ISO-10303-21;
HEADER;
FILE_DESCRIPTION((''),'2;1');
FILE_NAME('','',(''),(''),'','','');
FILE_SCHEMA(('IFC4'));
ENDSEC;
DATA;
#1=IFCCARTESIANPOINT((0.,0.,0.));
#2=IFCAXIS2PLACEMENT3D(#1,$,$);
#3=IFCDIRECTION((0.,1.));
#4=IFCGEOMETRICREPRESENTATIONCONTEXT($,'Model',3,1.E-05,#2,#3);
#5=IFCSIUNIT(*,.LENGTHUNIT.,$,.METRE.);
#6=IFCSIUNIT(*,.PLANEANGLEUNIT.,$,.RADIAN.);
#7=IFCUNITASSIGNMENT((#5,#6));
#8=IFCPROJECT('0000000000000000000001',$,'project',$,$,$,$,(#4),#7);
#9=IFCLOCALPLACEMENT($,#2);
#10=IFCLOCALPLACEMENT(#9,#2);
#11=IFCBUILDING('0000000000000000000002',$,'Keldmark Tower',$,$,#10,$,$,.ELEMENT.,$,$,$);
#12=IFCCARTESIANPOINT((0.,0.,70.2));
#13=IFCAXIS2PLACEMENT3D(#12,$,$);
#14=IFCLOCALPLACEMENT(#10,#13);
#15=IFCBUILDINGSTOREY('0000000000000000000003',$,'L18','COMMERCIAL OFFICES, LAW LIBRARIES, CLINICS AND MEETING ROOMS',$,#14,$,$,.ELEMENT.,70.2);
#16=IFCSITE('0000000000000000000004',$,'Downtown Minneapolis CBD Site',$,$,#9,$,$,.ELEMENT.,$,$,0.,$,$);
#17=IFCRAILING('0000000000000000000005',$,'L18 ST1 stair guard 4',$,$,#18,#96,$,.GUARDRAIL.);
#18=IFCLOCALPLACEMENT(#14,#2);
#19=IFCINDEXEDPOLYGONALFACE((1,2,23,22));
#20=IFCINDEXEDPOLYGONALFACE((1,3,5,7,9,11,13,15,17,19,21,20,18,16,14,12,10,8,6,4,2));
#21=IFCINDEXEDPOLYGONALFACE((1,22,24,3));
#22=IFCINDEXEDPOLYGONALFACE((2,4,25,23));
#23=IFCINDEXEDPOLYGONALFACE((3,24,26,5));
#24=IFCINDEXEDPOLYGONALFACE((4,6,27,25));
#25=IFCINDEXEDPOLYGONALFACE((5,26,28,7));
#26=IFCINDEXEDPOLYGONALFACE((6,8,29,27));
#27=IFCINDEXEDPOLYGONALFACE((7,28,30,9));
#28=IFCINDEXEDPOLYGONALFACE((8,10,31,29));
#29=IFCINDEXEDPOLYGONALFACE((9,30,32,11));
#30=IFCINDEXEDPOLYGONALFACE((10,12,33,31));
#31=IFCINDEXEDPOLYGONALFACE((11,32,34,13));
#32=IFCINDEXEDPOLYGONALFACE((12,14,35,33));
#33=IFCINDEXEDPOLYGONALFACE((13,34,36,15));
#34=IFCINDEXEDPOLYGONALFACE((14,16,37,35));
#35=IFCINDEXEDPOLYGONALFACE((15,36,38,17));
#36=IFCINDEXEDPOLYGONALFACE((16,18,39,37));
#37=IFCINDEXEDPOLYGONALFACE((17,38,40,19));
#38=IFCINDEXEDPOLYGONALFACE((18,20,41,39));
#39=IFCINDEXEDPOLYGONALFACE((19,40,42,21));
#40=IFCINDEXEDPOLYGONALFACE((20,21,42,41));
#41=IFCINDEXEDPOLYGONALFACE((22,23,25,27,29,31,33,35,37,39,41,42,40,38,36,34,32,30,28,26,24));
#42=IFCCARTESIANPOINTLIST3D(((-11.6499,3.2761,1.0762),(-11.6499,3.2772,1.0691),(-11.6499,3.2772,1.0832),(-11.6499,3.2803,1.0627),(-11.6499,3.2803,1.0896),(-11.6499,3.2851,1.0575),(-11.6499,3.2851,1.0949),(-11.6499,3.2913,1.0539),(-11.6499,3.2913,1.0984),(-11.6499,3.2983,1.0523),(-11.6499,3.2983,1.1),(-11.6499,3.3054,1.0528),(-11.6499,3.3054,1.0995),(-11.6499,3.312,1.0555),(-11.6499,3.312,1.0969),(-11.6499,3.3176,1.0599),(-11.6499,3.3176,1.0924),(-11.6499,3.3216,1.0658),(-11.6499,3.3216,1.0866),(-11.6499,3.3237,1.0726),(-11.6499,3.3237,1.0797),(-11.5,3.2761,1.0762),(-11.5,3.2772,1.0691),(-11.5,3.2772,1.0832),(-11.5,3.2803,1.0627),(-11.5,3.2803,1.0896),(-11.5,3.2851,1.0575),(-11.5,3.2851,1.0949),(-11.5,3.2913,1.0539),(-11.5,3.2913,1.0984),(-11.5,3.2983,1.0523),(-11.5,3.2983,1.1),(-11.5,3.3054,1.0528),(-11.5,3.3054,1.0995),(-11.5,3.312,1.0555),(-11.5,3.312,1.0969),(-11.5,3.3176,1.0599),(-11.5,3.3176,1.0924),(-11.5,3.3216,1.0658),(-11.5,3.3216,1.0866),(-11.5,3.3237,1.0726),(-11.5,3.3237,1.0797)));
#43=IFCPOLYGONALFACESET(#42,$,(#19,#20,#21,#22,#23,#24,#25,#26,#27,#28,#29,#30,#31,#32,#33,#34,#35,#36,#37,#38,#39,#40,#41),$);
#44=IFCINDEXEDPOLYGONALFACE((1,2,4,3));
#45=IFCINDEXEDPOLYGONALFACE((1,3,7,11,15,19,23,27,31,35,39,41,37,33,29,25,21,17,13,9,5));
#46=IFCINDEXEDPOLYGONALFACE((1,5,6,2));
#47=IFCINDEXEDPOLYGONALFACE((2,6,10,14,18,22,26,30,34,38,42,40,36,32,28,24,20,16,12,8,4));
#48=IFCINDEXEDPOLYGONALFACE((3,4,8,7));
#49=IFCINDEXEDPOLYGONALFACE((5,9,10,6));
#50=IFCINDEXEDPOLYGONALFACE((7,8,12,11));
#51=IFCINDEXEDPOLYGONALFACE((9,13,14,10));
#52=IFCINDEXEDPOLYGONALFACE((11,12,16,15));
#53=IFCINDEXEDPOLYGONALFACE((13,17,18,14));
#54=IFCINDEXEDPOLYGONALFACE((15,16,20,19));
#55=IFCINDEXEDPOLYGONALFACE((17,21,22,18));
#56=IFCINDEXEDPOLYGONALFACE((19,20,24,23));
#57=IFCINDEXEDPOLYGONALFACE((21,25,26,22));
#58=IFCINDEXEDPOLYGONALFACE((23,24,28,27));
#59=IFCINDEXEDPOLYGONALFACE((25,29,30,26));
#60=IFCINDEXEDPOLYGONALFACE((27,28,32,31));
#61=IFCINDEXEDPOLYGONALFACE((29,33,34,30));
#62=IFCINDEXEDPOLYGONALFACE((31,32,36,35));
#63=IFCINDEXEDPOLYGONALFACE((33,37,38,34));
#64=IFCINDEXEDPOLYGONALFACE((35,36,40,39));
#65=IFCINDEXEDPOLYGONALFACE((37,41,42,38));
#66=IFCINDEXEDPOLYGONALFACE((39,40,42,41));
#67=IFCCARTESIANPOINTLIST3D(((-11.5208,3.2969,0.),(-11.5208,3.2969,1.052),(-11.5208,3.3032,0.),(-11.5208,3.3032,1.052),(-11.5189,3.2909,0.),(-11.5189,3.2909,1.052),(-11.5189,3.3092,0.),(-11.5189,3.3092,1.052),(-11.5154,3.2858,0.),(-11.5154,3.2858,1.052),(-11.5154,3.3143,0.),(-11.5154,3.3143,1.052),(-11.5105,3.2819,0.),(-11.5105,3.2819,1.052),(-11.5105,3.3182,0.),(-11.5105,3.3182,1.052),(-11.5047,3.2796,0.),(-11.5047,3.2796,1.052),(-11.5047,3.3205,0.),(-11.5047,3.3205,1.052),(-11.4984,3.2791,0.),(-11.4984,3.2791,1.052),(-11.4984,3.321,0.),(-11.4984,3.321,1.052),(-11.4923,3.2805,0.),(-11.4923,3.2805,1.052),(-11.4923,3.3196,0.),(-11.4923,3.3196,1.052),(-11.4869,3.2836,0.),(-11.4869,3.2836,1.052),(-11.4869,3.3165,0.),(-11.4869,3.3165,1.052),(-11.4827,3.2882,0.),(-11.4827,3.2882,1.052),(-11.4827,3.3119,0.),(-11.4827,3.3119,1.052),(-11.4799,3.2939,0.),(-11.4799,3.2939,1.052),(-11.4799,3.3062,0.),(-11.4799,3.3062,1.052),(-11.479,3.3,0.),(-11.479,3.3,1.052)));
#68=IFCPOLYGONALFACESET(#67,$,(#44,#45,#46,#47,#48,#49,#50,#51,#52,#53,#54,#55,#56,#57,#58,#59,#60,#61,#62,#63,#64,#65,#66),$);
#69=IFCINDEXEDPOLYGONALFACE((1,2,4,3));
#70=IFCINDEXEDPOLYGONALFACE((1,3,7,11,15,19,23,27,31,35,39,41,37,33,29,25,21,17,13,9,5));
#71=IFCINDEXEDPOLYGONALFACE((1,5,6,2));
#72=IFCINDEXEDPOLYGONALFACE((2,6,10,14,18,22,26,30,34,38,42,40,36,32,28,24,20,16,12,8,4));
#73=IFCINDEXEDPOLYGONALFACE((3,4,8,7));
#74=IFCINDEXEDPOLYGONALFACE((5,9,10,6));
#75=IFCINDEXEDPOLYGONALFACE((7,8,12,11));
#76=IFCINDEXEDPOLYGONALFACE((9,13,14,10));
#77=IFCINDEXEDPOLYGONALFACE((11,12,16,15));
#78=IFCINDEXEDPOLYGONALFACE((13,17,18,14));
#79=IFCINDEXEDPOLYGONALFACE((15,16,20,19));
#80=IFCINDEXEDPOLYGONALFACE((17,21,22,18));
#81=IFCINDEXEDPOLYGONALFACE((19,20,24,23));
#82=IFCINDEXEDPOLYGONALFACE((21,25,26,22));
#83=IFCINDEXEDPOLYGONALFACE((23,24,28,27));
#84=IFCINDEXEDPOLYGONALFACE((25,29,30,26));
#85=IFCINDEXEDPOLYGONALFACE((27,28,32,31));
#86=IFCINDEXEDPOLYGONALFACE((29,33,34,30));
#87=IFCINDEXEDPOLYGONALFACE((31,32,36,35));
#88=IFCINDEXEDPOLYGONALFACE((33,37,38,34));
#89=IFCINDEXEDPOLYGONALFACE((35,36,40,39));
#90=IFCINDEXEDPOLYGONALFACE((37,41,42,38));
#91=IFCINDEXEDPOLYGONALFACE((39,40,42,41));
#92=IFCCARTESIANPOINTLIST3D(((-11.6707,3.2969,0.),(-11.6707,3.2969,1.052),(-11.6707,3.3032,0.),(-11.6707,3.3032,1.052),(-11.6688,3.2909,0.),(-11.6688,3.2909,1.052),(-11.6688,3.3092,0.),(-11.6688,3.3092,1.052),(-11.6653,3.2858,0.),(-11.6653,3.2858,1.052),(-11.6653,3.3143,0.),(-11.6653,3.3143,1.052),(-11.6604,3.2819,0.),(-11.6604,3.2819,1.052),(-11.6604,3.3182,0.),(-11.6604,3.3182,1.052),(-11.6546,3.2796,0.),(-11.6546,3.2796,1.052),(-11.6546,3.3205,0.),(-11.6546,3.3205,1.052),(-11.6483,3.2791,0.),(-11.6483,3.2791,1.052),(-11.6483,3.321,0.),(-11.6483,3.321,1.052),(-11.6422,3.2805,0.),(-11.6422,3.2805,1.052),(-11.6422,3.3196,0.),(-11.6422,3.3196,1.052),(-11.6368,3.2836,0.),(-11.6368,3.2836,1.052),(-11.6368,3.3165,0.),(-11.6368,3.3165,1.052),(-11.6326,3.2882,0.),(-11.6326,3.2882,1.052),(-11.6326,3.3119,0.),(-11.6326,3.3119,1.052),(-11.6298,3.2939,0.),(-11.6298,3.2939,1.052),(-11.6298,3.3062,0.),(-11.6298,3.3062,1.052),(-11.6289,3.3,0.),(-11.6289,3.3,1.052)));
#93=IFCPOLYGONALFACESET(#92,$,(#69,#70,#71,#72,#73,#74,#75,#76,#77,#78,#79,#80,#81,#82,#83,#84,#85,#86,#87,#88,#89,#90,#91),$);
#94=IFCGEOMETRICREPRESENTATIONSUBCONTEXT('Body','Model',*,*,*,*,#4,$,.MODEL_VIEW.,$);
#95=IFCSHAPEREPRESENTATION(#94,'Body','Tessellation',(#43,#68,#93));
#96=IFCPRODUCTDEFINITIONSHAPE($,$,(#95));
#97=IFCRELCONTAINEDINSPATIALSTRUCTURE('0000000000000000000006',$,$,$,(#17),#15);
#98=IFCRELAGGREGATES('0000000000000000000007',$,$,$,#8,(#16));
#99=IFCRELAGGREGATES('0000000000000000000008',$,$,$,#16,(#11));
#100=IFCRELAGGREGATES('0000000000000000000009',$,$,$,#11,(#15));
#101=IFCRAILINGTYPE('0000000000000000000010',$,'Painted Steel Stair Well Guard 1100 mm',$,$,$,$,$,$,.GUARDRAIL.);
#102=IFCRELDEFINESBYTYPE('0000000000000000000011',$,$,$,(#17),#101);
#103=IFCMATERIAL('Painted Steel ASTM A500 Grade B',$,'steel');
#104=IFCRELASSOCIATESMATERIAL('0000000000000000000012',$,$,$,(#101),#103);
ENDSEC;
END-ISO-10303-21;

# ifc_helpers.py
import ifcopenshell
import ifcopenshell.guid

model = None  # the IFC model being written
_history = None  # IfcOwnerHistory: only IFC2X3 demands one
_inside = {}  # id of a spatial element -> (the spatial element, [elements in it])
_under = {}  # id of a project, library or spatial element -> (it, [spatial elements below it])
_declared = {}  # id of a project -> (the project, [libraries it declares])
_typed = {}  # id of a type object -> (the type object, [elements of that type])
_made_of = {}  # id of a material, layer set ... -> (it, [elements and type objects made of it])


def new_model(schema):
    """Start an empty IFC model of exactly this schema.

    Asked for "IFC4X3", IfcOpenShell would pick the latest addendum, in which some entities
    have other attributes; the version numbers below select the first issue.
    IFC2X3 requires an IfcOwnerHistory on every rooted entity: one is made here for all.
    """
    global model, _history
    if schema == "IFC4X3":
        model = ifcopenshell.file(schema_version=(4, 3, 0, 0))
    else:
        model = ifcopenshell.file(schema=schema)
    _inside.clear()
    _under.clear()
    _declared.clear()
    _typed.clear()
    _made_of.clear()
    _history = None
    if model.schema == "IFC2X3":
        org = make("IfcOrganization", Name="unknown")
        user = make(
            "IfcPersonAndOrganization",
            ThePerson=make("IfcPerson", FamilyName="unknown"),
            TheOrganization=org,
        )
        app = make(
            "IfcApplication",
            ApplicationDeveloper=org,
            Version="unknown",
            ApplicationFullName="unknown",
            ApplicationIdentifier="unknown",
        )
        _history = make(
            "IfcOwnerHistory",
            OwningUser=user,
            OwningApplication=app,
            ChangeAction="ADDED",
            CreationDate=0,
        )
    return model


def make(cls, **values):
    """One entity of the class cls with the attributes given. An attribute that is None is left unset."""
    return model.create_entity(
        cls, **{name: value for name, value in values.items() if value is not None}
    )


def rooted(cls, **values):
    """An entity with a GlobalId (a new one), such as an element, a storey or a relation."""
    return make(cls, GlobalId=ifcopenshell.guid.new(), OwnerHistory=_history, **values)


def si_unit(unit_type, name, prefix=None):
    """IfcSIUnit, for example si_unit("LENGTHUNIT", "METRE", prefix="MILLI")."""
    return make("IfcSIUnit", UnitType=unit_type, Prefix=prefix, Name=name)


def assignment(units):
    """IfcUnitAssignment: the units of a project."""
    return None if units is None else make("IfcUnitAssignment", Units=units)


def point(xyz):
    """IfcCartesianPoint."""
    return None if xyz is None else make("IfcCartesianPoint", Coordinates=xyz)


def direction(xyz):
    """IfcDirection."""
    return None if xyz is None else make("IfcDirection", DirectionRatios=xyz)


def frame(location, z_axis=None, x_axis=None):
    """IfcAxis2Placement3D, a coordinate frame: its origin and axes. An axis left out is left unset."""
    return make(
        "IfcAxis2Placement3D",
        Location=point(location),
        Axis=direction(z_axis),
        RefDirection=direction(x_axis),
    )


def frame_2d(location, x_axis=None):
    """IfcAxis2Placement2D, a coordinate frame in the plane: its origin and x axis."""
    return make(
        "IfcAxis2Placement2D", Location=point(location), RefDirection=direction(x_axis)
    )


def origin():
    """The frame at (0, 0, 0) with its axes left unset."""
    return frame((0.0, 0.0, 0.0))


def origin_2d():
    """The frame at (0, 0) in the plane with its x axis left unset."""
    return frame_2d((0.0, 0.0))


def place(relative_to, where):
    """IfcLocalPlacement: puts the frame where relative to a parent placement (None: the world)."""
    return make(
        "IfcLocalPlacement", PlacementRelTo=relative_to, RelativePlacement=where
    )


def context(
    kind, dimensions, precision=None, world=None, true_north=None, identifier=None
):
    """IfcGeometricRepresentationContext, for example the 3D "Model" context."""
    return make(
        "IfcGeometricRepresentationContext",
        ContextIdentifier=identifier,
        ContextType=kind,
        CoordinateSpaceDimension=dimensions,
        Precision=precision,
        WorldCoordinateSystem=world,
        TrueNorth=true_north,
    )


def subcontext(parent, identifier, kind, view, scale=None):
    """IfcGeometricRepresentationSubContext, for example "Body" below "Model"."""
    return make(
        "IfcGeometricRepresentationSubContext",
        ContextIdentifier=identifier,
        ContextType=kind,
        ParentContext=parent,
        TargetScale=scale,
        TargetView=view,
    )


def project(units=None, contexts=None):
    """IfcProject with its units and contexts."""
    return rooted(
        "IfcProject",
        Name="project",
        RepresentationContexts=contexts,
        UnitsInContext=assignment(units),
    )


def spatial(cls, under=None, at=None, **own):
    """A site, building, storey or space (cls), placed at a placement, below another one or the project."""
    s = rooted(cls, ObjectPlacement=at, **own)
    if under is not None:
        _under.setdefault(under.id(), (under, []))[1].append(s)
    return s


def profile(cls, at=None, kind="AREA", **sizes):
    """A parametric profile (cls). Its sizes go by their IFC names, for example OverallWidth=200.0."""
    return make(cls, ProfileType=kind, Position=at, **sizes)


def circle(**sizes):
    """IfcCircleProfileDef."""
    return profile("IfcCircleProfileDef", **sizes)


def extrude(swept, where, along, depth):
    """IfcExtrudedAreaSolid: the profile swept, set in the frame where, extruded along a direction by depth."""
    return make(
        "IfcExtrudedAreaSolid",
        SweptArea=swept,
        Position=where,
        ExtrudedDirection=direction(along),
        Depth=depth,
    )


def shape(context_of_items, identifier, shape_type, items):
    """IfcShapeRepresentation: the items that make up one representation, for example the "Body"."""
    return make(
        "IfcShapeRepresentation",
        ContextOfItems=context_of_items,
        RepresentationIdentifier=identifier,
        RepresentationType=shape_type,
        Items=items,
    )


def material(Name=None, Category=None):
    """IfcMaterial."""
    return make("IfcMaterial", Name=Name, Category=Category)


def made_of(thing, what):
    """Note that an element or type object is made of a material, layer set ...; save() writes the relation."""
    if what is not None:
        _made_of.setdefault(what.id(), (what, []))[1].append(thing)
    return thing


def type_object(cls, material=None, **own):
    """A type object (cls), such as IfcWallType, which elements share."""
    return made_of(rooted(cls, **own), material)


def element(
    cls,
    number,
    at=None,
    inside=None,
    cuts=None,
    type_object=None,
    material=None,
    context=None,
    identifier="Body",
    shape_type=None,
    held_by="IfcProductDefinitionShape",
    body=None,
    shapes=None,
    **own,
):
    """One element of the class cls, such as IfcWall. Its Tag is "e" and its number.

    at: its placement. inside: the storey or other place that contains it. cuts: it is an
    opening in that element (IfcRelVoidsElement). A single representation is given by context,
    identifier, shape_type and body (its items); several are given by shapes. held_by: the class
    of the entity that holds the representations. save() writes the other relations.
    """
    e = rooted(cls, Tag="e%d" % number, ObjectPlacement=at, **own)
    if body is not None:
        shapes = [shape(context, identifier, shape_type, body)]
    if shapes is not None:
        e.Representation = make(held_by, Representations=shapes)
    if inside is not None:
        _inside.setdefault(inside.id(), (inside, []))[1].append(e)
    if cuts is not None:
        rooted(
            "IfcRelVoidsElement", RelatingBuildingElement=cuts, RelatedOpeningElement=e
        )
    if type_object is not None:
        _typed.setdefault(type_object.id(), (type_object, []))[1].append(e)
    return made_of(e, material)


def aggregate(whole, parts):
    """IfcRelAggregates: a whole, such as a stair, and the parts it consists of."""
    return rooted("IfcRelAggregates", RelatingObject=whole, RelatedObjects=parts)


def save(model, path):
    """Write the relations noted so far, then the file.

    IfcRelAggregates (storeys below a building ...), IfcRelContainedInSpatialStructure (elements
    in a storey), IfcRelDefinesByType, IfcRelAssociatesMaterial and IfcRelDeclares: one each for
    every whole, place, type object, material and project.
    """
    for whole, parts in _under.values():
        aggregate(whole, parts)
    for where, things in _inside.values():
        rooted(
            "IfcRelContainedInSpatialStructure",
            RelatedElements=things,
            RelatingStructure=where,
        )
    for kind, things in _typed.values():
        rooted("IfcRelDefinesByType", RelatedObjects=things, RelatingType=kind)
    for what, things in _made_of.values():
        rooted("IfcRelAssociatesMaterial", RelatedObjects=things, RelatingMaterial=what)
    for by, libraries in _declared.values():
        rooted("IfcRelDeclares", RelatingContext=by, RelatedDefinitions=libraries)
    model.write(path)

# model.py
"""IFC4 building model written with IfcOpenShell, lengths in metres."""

from ifc_helpers import new_model, si_unit, direction, frame, origin, origin_2d, place, context, subcontext, project, spatial, circle, extrude, material, type_object, element, save


model = new_model("IFC4")

# Units and contexts
model_context = context("Model", 3, precision=1e-05, world=origin(), true_north=direction((0.0, 1.0)))
body_context = subcontext(model_context, "Body", "Model", "MODEL_VIEW")
ifc_project = project(units=[si_unit("LENGTHUNIT", "METRE"), si_unit("PLANEANGLEUNIT", "RADIAN")], contexts=[model_context])

# Site, building, storey
site_placement = place(None, origin())
site = spatial("IfcSite", under=ifc_project, at=site_placement, Name="Downtown Minneapolis CBD Site", CompositionType="ELEMENT", RefElevation=0.0)
building_placement = place(site_placement, origin())
building = spatial("IfcBuilding", under=site, at=building_placement, Name="Keldmark Tower", CompositionType="ELEMENT")
storey_placement = place(building_placement, frame((0.0, 0.0, 70.2)))
storey = spatial("IfcBuildingStorey", under=building, at=storey_placement, Name="L18", Description="COMMERCIAL OFFICES, LAW LIBRARIES, CLINICS AND MEETING ROOMS", CompositionType="ELEMENT", Elevation=70.2)

# Railing
ifc_material_1 = material(Name="Painted Steel ASTM A500 Grade B", Category="steel")
railing_type_1 = type_object("IfcRailingType", Name="Painted Steel Stair Well Guard 1100 mm", PredefinedType="GUARDRAIL", material=ifc_material_1)
railing_1_placement = place(storey_placement, frame((-11.5, 3.3, 0.0)))
element("IfcRailing", 1, at=railing_1_placement, inside=storey, type_object=railing_type_1, Name="L18 ST1 stair guard 4", PredefinedType="GUARDRAIL", context=body_context, shape_type="SweptSolid", body=[
    extrude(circle(Radius=0.0239, at=origin_2d()), frame((0.0, 0.0, 1.0762), z_axis=(-1.0, 0.0, 0.0), x_axis=(0.0, -1.0, 0.0)), (0.0, 0.0, 1.0), 0.1499),
    extrude(circle(Radius=0.021, at=origin_2d()), origin(), (0.0, 0.0, 1.0), 1.052),
    extrude(circle(Radius=0.021, at=origin_2d()), frame((-0.1499, 0.0, 0.0)), (0.0, 0.0, 1.0), 1.052),
])

save(model, "model.ifc")
